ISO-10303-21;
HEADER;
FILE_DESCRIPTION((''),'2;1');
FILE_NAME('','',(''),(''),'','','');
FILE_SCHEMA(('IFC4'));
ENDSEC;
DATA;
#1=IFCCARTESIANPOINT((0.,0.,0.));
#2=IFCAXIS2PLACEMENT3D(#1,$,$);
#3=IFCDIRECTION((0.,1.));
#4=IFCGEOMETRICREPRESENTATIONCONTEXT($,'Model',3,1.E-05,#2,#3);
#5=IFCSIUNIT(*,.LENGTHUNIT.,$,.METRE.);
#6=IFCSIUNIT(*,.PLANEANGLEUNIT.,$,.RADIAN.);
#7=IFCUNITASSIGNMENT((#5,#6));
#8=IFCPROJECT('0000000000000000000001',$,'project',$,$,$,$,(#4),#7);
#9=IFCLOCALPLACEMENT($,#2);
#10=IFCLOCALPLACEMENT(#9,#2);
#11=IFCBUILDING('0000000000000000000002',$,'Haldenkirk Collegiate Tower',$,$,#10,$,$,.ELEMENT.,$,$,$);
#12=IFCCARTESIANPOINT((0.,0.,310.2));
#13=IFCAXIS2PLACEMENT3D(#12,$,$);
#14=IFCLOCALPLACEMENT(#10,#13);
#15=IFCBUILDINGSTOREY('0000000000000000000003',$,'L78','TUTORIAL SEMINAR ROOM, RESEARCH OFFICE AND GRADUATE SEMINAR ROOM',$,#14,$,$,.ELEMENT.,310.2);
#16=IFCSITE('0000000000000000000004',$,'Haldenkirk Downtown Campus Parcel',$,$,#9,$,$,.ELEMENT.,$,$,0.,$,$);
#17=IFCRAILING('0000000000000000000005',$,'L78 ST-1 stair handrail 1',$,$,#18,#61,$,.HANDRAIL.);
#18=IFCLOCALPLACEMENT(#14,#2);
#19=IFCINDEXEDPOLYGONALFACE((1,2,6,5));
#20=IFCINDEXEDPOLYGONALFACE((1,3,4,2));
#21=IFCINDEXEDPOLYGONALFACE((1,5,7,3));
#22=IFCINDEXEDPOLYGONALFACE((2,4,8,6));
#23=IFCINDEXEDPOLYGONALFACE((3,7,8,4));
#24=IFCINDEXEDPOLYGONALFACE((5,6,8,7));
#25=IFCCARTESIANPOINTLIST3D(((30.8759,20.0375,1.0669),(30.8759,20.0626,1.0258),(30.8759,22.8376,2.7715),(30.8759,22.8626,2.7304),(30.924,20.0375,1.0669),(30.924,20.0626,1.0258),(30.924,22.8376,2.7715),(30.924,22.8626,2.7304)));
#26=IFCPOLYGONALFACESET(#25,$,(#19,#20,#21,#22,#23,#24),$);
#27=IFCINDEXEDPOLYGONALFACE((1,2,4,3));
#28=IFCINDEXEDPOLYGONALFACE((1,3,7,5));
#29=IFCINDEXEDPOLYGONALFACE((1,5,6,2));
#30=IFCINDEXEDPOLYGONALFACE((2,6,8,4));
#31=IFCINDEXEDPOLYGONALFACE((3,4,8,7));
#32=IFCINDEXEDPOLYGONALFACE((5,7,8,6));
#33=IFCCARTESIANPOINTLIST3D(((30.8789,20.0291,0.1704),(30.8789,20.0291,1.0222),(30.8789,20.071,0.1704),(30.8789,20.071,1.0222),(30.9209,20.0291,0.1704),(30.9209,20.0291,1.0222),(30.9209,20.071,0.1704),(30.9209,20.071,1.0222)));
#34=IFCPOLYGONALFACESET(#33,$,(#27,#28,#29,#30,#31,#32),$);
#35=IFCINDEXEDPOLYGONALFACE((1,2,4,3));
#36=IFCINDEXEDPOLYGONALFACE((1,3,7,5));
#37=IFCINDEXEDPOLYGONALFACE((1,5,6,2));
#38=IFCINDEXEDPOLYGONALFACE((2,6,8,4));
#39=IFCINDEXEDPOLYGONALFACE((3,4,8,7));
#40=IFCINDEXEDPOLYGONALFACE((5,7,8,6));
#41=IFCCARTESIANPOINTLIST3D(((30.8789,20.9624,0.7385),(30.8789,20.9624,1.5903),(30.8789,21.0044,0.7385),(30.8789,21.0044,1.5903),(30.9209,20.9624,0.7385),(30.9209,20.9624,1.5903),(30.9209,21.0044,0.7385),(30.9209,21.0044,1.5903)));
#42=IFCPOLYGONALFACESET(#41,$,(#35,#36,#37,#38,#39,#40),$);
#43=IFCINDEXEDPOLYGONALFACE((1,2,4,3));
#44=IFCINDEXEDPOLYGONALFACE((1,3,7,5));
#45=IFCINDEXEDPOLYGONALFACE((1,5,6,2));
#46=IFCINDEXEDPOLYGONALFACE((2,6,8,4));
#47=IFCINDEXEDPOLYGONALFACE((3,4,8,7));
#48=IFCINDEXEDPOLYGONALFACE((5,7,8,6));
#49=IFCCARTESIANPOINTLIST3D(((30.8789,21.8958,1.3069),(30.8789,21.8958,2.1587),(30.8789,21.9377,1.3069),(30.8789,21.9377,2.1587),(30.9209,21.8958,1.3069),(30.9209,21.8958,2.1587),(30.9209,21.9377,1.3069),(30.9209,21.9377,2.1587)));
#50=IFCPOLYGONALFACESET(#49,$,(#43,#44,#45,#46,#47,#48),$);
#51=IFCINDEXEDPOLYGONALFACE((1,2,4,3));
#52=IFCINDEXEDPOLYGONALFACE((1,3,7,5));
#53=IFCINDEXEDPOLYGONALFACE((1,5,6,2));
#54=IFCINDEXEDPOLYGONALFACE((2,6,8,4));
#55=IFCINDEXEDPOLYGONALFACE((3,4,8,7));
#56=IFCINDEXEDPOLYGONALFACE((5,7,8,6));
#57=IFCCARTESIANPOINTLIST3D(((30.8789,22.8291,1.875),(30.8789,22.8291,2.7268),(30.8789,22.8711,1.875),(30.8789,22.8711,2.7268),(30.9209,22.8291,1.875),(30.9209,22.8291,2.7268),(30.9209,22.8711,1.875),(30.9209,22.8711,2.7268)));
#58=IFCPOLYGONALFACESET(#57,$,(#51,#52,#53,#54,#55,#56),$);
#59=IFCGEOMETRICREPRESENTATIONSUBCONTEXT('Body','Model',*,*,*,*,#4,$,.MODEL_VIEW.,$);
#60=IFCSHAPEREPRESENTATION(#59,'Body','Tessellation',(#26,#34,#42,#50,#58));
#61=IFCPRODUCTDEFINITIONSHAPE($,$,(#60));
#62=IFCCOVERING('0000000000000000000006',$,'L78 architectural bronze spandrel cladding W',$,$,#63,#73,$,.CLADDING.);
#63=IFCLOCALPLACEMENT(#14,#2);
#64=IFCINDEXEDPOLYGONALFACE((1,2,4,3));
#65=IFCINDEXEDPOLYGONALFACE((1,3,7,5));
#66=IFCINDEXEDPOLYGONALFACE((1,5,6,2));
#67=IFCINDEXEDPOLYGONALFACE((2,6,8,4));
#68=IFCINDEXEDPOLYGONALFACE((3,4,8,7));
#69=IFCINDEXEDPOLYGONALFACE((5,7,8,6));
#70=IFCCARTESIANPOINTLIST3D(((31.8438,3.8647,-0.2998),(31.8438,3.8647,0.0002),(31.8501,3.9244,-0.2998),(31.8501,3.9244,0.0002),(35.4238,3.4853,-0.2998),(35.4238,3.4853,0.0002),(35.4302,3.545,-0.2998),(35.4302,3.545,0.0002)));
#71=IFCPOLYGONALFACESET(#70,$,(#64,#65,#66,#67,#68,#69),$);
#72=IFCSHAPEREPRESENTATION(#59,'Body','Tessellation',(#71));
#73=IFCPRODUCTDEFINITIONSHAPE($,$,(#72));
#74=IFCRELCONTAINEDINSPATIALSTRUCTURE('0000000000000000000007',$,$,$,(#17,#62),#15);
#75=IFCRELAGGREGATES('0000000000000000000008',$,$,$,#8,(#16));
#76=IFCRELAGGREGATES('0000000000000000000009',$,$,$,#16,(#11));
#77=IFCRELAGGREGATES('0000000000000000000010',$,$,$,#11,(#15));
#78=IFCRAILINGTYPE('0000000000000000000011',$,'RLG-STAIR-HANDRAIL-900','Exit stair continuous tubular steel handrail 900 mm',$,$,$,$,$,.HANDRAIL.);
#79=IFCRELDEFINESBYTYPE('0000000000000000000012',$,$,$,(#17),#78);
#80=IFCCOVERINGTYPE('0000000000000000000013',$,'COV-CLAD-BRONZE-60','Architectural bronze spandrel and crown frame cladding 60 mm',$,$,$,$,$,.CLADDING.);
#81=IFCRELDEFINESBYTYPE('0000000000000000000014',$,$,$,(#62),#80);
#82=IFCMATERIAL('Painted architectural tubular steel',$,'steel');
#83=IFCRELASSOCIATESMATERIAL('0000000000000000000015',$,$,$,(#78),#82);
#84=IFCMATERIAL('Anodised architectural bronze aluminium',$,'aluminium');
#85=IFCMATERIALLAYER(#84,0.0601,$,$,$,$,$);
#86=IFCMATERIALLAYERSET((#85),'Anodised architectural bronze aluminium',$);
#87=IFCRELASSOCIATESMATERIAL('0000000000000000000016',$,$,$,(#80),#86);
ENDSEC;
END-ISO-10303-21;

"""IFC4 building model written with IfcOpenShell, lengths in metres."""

from ifc_helpers import new_model, si_unit, direction, frame, origin, origin_2d, place, context, subcontext, project, spatial, rectangle, extrude, source, transform, mapped, material, layer, layer_set, type_object, element, save


model = new_model("IFC4")

# Units and contexts
model_context = context("Model", 3, precision=1e-05, world=origin(), true_north=direction((0.0, 1.0)))
body_context = subcontext(model_context, "Body", "Model", "MODEL_VIEW")
ifc_project = project(units=[si_unit("LENGTHUNIT", "METRE"), si_unit("PLANEANGLEUNIT", "RADIAN")], contexts=[model_context])

# Site, building, storey
site_placement = place(None, origin())
site = spatial("IfcSite", under=ifc_project, at=site_placement, Name="Haldenkirk Downtown Campus Parcel", CompositionType="ELEMENT", RefElevation=0.0)
building_placement = place(site_placement, origin())
building = spatial("IfcBuilding", under=site, at=building_placement, Name="Haldenkirk Collegiate Tower", CompositionType="ELEMENT")
storey_placement = place(building_placement, frame((0.0, 0.0, 310.2)))
storey = spatial("IfcBuildingStorey", under=building, at=storey_placement, Name="L78", Description="TUTORIAL SEMINAR ROOM, RESEARCH OFFICE AND GRADUATE SEMINAR ROOM", CompositionType="ELEMENT", Elevation=310.2)

# Shared definitions
ifc_material_1 = material(Name="Anodised architectural bronze aluminium", Category="aluminium")

# Railing
ifc_material_2 = material(Name="Painted architectural tubular steel", Category="steel")
railing_type_1 = type_object("IfcRailingType", Name="RLG-STAIR-HANDRAIL-900", Description="Exit stair continuous tubular steel handrail 900 mm", PredefinedType="HANDRAIL", material=ifc_material_2)
railing_1_placement = place(storey_placement, frame((30.8999, 20.05, 0.1704)))
element("IfcRailing", 1, at=railing_1_placement, inside=storey, type_object=railing_type_1, Name="L78 ST-1 stair handrail 1", PredefinedType="HANDRAIL", context=body_context, shape_type="SweptSolid", body=[
    extrude(rectangle(XDim=0.0481, YDim=0.0481, at=origin_2d()), frame((0.0, 0.0, 0.876), z_axis=(0.0, 0.85417, 0.519994), x_axis=(-1.0, 0.0, 0.0)), (0.0, 0.0, 1.0), 3.2781),
    extrude(rectangle(XDim=0.042, YDim=0.042, at=origin_2d()), origin(), (0.0, 0.0, 1.0), 0.8518),
    extrude(rectangle(XDim=0.042, YDim=0.042, at=origin_2d()), frame((0.0, 0.9333, 0.5681)), (0.0, 0.0, 1.0), 0.8518),
    extrude(rectangle(XDim=0.042, YDim=0.042, at=origin_2d()), frame((0.0, 1.8667, 1.1365)), (0.0, 0.0, 1.0), 0.8518),
    extrude(rectangle(XDim=0.042, YDim=0.042, at=origin_2d()), frame((0.0, 2.8, 1.7046)), (0.0, 0.0, 1.0), 0.8518),
])

# Covering
ifc_layer_1 = layer(ifc_material_1, 0.0601)
ifc_layer_set_1 = layer_set([ifc_layer_1], Name="Anodised architectural bronze aluminium")
covering_type = type_object("IfcCoveringType", Name="COV-CLAD-BRONZE-60", Description="Architectural bronze spandrel and crown frame cladding 60 mm", PredefinedType="CLADDING", material=ifc_layer_set_1)
shared_shape_1 = source(origin(), body_context, "Body", "SweptSolid", [
    extrude(rectangle(XDim=3.6001, YDim=0.0601, at=origin_2d()), origin(), (0.0, 0.0, 1.0), 0.3),
])
covering_placement = place(storey_placement, frame((33.637, 3.7048, -0.2998), z_axis=(0.0, 0.0, 1.0), x_axis=(-0.99443, 0.105396, 0.0)))
element("IfcCovering", 2, at=covering_placement, inside=storey, type_object=covering_type, Name="L78 architectural bronze spandrel cladding W", PredefinedType="CLADDING", context=body_context, shape_type="MappedRepresentation", body=[
    mapped(shared_shape_1, transform((0.0, 0.0, 0.0), x_axis=(1.0, 0.0, 0.0), y_axis=(0.0, 1.0, 0.0), z_axis=(0.0, 0.0, 1.0), scale=1.0)),
])

save(model, "model.ifc")
